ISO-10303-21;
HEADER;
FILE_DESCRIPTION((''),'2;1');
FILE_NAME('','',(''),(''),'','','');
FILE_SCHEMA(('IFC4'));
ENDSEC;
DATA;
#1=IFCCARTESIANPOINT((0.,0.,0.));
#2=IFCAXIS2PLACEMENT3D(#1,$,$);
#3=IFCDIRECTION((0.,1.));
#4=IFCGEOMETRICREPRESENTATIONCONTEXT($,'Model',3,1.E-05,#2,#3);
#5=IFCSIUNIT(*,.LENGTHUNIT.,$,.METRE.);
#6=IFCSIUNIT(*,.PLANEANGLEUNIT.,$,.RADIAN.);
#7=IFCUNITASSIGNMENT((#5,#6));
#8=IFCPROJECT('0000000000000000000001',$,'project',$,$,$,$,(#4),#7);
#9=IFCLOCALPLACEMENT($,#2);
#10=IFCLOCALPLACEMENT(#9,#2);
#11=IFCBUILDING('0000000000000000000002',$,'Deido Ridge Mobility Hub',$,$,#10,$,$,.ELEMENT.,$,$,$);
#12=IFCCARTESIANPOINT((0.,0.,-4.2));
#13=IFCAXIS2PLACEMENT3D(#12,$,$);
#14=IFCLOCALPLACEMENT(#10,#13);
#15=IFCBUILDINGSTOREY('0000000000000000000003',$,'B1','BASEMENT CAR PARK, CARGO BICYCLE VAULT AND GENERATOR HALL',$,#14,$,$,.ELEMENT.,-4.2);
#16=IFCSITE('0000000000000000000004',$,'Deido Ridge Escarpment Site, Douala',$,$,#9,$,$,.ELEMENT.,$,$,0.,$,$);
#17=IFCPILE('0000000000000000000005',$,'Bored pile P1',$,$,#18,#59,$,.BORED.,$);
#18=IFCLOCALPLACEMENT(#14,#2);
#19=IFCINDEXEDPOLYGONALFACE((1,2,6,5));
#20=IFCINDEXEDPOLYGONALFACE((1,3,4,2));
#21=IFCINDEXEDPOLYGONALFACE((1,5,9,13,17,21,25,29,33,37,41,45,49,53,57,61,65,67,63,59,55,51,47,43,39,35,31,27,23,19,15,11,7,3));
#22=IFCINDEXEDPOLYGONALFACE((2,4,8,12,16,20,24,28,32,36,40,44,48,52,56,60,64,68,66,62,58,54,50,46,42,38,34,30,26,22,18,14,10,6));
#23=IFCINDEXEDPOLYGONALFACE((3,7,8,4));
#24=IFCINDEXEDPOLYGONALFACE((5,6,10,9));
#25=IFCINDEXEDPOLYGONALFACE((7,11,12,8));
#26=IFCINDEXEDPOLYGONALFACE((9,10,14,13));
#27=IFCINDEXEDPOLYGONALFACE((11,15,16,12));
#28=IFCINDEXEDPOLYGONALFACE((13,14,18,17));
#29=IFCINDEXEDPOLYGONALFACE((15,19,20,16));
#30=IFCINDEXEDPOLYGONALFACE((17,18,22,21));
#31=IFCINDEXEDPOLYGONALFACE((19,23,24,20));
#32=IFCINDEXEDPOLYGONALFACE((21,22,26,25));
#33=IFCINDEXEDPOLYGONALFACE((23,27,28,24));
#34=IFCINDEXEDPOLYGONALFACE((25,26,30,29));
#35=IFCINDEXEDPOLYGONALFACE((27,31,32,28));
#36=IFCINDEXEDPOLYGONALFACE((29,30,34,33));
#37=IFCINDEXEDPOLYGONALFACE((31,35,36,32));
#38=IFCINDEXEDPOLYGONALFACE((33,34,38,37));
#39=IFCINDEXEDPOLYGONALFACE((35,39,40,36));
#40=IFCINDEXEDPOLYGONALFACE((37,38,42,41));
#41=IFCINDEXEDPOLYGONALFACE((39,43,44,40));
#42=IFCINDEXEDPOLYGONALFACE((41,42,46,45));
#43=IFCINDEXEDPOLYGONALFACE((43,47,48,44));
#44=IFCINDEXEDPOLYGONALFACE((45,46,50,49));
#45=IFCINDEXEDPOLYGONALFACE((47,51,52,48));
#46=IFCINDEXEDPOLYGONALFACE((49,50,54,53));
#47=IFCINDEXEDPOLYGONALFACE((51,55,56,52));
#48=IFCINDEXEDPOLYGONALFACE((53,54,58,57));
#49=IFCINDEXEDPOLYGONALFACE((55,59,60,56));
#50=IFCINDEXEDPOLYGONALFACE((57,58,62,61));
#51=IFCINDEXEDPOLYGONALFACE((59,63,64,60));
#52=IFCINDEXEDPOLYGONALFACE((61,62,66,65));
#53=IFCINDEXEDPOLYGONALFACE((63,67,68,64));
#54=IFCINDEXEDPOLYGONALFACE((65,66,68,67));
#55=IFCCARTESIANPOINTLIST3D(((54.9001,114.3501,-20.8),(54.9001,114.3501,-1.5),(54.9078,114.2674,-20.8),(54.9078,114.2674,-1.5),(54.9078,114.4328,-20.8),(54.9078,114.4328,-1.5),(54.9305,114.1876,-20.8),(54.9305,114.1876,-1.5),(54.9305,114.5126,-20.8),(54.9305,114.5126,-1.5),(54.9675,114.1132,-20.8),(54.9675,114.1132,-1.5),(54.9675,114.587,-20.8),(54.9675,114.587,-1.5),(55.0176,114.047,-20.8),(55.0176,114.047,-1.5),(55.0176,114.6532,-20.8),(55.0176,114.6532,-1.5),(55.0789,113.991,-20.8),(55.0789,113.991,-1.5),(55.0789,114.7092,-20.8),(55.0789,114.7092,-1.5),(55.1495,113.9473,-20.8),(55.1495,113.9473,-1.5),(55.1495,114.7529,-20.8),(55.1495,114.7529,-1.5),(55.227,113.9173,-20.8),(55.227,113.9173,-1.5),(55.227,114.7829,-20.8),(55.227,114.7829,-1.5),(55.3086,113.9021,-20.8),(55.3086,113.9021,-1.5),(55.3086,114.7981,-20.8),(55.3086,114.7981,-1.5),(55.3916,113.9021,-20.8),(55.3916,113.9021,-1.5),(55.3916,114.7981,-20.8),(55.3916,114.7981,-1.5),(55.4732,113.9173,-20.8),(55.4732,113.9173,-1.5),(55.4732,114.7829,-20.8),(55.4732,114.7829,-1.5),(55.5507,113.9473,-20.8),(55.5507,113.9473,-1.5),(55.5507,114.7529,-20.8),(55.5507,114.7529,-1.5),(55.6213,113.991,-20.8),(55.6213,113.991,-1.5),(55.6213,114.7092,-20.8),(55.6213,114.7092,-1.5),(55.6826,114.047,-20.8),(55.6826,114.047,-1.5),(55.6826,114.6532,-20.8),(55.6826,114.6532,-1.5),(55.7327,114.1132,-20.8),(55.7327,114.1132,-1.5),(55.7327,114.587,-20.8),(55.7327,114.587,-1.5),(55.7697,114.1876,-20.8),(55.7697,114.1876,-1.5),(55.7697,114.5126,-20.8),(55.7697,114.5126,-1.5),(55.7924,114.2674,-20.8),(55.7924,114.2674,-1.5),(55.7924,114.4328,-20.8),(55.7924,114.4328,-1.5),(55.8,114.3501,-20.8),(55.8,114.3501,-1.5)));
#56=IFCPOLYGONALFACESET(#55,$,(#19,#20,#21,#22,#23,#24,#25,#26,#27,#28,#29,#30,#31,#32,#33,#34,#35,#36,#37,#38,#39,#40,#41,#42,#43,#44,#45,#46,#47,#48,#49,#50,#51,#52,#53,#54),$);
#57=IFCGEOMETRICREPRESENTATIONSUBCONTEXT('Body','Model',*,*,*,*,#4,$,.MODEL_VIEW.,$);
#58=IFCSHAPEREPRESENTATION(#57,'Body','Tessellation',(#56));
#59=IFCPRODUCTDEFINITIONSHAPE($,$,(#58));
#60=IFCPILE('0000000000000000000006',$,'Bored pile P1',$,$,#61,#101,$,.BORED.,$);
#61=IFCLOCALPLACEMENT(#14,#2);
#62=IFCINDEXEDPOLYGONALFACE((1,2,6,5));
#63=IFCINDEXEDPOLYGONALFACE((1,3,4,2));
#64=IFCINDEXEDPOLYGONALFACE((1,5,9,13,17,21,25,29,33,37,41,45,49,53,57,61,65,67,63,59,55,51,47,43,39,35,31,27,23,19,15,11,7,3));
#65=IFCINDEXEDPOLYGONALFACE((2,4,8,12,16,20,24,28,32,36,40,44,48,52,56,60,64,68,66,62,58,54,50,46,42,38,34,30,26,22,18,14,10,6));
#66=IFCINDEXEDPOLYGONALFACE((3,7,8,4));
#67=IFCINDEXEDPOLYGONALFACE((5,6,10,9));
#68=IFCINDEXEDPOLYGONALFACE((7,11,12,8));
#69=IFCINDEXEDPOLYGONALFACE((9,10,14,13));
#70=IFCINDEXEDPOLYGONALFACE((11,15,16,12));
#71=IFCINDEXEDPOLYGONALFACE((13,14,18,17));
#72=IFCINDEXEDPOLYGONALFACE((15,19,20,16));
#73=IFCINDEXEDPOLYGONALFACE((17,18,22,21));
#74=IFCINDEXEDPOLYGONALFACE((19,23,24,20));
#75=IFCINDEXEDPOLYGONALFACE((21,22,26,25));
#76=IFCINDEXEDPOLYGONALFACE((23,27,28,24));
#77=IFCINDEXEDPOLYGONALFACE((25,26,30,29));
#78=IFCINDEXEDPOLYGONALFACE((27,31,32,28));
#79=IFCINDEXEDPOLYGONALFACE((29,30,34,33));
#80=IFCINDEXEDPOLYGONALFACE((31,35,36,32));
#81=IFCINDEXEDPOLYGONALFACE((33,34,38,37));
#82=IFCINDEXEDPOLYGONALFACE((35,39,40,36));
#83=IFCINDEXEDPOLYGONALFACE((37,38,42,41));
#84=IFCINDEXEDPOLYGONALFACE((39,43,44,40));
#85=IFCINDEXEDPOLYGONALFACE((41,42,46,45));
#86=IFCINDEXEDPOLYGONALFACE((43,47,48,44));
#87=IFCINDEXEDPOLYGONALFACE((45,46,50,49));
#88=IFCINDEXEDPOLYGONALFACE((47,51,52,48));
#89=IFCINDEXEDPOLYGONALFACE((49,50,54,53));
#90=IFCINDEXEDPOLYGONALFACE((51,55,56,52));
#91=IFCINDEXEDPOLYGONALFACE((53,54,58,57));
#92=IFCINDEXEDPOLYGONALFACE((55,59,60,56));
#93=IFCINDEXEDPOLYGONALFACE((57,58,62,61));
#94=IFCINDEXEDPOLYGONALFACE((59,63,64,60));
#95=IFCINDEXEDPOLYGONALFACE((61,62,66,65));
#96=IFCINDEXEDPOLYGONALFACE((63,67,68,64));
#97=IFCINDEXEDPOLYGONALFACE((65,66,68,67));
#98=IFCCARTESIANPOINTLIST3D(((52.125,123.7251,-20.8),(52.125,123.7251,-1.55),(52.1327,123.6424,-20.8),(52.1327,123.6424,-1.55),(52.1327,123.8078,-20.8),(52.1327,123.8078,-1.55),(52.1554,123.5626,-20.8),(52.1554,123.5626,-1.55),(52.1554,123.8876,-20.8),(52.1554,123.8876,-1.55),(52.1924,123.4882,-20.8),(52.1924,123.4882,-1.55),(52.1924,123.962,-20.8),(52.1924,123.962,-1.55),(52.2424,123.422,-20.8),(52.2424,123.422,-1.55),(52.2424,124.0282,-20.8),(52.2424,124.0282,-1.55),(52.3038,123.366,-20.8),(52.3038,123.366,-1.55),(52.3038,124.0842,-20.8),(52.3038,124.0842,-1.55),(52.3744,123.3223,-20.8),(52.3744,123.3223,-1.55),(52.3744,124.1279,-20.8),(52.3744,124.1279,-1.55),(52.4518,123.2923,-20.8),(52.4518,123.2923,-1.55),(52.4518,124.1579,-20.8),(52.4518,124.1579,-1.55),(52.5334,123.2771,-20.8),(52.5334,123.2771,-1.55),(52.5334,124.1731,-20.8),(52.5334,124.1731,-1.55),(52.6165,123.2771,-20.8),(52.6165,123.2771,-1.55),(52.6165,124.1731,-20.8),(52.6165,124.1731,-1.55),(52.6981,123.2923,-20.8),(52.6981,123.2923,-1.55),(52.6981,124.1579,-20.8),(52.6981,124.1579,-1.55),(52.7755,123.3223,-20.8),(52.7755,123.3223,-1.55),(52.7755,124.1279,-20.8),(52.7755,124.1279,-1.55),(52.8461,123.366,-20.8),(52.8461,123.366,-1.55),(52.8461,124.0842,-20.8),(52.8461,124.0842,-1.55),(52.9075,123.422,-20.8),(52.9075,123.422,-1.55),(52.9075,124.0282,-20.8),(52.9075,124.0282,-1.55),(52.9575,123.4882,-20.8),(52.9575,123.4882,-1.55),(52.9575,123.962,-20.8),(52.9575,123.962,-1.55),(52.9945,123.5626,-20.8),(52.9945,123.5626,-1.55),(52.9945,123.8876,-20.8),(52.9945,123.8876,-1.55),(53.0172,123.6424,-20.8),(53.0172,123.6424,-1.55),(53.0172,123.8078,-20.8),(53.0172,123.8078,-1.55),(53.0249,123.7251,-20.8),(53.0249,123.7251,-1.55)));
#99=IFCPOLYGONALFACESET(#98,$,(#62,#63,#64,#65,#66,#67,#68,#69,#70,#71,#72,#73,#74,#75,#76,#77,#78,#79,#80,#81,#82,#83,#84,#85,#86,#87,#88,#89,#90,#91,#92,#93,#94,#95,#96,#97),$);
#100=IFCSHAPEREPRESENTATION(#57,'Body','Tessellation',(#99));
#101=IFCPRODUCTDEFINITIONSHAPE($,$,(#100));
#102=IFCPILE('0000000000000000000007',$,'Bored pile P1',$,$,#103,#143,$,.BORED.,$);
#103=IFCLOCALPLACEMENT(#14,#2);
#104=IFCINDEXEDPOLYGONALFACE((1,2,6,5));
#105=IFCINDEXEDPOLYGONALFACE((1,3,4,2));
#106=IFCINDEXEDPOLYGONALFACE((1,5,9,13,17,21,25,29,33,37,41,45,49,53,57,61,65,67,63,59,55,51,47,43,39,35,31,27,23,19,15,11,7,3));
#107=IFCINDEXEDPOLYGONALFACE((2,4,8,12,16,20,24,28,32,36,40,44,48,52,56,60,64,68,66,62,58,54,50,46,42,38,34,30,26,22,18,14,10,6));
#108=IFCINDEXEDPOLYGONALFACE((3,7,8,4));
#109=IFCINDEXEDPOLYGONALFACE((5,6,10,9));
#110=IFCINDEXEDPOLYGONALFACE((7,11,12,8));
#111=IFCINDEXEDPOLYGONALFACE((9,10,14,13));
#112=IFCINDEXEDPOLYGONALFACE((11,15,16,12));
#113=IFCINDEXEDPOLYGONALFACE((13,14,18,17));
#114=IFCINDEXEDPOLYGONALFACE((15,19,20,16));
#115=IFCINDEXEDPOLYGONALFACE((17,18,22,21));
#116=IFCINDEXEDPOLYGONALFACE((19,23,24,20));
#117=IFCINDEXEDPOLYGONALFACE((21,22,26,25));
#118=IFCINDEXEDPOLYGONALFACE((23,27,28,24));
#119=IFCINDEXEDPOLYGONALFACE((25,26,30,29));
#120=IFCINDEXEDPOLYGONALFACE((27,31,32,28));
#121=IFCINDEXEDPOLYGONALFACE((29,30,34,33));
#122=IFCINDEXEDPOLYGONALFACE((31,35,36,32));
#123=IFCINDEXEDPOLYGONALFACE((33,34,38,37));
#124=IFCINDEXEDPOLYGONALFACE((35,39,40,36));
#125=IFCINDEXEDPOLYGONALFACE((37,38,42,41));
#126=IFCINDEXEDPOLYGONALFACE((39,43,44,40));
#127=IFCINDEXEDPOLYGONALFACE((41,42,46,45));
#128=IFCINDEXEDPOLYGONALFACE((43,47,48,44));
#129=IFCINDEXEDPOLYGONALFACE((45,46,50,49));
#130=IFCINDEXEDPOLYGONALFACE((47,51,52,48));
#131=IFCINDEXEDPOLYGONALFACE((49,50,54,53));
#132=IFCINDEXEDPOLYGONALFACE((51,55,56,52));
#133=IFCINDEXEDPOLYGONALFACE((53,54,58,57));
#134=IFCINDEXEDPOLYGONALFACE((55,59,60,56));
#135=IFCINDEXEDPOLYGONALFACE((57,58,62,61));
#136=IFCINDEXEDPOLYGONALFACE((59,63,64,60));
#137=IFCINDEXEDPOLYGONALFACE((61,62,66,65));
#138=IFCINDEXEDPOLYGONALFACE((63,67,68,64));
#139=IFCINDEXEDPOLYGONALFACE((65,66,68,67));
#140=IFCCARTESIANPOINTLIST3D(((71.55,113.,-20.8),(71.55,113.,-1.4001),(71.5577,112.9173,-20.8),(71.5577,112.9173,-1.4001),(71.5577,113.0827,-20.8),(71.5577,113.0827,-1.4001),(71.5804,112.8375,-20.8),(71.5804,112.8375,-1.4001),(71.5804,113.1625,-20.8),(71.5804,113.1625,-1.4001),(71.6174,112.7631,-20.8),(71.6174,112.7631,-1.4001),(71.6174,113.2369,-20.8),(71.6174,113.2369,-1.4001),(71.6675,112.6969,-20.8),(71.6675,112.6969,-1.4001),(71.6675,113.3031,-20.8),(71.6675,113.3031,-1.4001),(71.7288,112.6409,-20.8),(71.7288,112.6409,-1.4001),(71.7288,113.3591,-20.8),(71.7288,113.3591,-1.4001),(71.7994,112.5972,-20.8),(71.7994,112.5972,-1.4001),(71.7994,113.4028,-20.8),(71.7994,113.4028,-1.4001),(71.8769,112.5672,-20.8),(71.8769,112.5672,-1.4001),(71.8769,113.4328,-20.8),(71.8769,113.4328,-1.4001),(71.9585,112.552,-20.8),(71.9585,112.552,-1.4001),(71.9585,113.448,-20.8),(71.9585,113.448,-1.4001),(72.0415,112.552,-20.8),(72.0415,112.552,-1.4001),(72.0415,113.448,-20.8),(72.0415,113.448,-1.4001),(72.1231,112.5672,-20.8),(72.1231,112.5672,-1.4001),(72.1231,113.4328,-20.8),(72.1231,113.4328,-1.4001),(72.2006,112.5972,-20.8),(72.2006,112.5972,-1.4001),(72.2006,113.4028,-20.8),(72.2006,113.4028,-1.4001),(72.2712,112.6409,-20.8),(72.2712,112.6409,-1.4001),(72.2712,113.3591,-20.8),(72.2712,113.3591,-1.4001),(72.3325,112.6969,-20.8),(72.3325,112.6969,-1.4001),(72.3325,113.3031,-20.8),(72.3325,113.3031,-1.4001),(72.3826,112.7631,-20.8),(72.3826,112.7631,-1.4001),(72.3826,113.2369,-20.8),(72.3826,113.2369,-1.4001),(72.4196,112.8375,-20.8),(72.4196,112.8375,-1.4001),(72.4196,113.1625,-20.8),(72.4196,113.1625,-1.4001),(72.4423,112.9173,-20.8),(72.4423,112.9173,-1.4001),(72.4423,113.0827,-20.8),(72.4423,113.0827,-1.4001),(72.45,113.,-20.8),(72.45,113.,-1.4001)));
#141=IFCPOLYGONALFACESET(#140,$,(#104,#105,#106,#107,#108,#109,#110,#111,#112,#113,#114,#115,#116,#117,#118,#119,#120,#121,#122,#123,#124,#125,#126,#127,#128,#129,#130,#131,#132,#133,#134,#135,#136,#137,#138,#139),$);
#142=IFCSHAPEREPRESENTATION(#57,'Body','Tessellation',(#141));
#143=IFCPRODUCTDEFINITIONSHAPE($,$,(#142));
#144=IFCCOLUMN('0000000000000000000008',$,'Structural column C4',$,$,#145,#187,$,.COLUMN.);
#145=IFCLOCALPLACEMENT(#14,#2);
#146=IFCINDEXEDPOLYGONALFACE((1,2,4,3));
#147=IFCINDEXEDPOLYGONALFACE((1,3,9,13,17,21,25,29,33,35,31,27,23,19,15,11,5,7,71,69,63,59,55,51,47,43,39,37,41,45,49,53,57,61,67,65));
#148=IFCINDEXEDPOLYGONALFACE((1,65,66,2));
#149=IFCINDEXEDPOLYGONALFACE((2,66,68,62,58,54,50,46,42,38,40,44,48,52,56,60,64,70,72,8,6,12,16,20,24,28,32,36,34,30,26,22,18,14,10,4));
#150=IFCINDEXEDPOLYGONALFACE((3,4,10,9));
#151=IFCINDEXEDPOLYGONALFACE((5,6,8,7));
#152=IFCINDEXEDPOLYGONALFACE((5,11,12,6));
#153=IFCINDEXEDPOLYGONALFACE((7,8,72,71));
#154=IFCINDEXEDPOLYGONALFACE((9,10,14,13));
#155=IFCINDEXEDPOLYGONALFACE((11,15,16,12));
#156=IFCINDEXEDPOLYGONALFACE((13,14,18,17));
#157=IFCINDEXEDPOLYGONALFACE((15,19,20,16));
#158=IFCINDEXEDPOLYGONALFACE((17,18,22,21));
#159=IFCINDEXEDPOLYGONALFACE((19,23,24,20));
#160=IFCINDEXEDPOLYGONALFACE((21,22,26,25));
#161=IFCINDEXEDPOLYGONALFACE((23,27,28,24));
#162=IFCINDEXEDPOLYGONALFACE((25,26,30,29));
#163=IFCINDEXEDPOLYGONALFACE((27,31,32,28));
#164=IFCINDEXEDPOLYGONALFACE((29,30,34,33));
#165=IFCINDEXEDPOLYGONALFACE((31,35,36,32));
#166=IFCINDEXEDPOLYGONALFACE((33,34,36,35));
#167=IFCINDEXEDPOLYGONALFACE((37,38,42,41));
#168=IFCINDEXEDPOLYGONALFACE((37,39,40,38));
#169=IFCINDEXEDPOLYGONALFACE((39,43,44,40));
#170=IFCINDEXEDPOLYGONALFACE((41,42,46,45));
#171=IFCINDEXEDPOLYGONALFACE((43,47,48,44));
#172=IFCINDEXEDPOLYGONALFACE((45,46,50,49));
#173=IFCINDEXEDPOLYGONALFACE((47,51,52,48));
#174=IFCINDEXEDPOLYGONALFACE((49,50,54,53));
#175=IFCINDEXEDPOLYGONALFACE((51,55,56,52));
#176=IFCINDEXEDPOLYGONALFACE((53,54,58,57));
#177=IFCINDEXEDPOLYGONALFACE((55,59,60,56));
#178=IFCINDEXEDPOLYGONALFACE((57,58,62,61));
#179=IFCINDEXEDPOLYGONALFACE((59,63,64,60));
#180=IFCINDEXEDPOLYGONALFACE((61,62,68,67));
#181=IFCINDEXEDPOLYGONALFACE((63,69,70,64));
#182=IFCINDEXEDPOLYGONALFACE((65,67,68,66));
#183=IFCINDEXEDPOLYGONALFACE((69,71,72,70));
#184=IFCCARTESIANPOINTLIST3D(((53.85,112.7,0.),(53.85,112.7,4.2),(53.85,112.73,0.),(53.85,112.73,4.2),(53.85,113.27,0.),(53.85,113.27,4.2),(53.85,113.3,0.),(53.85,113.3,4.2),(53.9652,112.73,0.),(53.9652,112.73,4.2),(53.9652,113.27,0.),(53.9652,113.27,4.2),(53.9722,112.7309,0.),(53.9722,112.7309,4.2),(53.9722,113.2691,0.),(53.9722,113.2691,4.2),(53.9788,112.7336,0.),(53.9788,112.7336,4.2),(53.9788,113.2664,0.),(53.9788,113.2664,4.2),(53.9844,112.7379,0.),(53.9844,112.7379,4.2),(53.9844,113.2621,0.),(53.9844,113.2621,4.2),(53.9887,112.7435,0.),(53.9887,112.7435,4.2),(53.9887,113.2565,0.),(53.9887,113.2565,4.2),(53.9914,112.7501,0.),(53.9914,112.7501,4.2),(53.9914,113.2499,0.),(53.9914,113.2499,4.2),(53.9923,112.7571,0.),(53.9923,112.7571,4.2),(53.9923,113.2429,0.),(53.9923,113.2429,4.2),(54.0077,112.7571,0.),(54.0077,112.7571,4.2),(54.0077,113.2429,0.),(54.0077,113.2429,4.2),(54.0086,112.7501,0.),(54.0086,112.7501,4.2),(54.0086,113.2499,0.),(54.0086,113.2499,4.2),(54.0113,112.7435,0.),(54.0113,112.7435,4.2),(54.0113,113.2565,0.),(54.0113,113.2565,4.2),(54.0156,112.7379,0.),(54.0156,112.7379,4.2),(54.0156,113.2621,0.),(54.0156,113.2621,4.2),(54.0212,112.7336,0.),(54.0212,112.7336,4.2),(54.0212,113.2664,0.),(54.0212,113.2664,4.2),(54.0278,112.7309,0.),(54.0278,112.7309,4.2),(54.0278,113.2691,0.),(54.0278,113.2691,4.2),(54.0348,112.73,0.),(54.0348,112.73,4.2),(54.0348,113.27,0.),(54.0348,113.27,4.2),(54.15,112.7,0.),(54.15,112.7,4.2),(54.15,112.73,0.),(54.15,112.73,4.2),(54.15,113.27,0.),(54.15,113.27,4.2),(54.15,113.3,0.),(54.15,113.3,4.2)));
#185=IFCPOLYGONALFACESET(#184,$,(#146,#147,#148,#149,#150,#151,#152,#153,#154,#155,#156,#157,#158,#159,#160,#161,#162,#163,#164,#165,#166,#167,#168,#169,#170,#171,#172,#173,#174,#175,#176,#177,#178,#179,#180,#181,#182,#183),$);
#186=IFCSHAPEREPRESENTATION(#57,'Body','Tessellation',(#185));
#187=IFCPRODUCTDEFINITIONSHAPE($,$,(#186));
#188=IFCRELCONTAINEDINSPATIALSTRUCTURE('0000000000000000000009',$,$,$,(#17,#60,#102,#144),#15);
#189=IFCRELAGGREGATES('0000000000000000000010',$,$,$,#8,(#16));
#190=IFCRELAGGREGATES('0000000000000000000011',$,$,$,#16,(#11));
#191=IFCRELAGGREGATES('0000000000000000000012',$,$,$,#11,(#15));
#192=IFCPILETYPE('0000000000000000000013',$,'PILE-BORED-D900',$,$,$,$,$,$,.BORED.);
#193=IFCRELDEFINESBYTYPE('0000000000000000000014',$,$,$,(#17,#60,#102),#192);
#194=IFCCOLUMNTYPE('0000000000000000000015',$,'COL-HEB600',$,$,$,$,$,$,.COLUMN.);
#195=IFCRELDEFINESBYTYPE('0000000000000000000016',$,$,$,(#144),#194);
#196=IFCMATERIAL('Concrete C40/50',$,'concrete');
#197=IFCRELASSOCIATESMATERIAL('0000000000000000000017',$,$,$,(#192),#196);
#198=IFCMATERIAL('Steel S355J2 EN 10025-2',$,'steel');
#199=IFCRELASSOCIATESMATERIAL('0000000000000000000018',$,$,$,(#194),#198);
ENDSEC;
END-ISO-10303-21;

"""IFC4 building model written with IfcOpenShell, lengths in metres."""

from ifc_helpers import new_model, si_unit, direction, frame, origin, origin_2d, place, context, subcontext, project, spatial, circle, i_section, extrude, material, material_profile, profile_set, type_object, element, save


model = new_model("IFC4")

# Units and contexts
model_context = context("Model", 3, precision=1e-05, world=origin(), true_north=direction((0.0, 1.0)))
body_context = subcontext(model_context, "Body", "Model", "MODEL_VIEW")
ifc_project = project(units=[si_unit("LENGTHUNIT", "METRE"), si_unit("PLANEANGLEUNIT", "RADIAN")], contexts=[model_context])

# Site, building, storey
site_placement = place(None, origin())
site = spatial("IfcSite", under=ifc_project, at=site_placement, Name="Deido Ridge Escarpment Site, Douala", CompositionType="ELEMENT", RefElevation=0.0)
building_placement = place(site_placement, origin())
building = spatial("IfcBuilding", under=site, at=building_placement, Name="Deido Ridge Mobility Hub", CompositionType="ELEMENT")
storey_placement = place(building_placement, frame((0.0, 0.0, -4.2)))
storey = spatial("IfcBuildingStorey", under=building, at=storey_placement, Name="B1", Description="BASEMENT CAR PARK, CARGO BICYCLE VAULT AND GENERATOR HALL", CompositionType="ELEMENT", Elevation=-4.2)

# Shared definitions
ifc_material_1 = material(Name="Concrete C40/50", Category="concrete")

# Piles
ifc_material_profile_1 = material_profile(ifc_material_1, circle(Radius=0.45, at=origin_2d()), Name="BORED PILE D900")
ifc_profile_set_1 = profile_set([ifc_material_profile_1], Name="Concrete C40/50")
pile_type_1 = type_object("IfcPileType", Name="PILE-BORED-D900", PredefinedType="BORED", material=ifc_profile_set_1)
for number, where, z_axis, x_axis, name in (
    (1, (55.3501, 114.3501, -1.5), (0.0, 0.0, -1.0), (1.0, 0.0, 0.0), "Bored pile P1"),
):
    element("IfcPile", number, at=place(storey_placement, frame(where, z_axis=z_axis, x_axis=x_axis)), inside=storey, type_object=pile_type_1, Name=name, PredefinedType="BORED", context=body_context, shape_type="SweptSolid", body=[
        extrude(circle(Radius=0.45, at=origin_2d()), origin(), (0.0, 0.0, 1.0), 19.3),
    ])
pile_1_placement = place(storey_placement, frame((52.575, 123.7251, -1.55), z_axis=(0.0, 0.0, -1.0), x_axis=(1.0, 0.0, 0.0)))
element("IfcPile", 2, at=pile_1_placement, inside=storey, type_object=pile_type_1, Name="Bored pile P1", PredefinedType="BORED", context=body_context, shape_type="SweptSolid", body=[
    extrude(circle(Radius=0.45, at=origin_2d()), origin(), (0.0, 0.0, 1.0), 19.25),
])
pile_2_placement = place(storey_placement, frame((72.0, 113.0, -1.4001), z_axis=(0.0, 0.0, -1.0), x_axis=(1.0, 0.0, 0.0)))
element("IfcPile", 3, at=pile_2_placement, inside=storey, type_object=pile_type_1, Name="Bored pile P1", PredefinedType="BORED", context=body_context, shape_type="SweptSolid", body=[
    extrude(circle(Radius=0.45, at=origin_2d()), origin(), (0.0, 0.0, 1.0), 19.3999),
])

# Column
ifc_material_2 = material(Name="Steel S355J2 EN 10025-2", Category="steel")
ifc_material_profile_2 = material_profile(ifc_material_2, i_section(OverallWidth=0.3, OverallDepth=0.6001, WebThickness=0.0154, FlangeThickness=0.03, FilletRadius=0.0271, at=origin_2d()), Name="HEB 600")
ifc_profile_set_2 = profile_set([ifc_material_profile_2], Name="Steel S355J2 EN 10025-2")
column_type = type_object("IfcColumnType", Name="COL-HEB600", PredefinedType="COLUMN", material=ifc_profile_set_2)
for number, where, z_axis, x_axis, name in (
    (4, (54.0, 113.0, 0.0), (0.0, 0.0, 1.0), (1.0, 0.0, 0.0), "Structural column C4"),
):
    element("IfcColumn", number, at=place(storey_placement, frame(where, z_axis=z_axis, x_axis=x_axis)), inside=storey, type_object=column_type, Name=name, PredefinedType="COLUMN", context=body_context, shape_type="SweptSolid", body=[
        extrude(i_section(OverallWidth=0.3, OverallDepth=0.6001, WebThickness=0.0154, FlangeThickness=0.03, FilletRadius=0.0271, at=origin_2d()), origin(), (0.0, 0.0, 1.0), 4.2),
    ])

save(model, "model.ifc")
